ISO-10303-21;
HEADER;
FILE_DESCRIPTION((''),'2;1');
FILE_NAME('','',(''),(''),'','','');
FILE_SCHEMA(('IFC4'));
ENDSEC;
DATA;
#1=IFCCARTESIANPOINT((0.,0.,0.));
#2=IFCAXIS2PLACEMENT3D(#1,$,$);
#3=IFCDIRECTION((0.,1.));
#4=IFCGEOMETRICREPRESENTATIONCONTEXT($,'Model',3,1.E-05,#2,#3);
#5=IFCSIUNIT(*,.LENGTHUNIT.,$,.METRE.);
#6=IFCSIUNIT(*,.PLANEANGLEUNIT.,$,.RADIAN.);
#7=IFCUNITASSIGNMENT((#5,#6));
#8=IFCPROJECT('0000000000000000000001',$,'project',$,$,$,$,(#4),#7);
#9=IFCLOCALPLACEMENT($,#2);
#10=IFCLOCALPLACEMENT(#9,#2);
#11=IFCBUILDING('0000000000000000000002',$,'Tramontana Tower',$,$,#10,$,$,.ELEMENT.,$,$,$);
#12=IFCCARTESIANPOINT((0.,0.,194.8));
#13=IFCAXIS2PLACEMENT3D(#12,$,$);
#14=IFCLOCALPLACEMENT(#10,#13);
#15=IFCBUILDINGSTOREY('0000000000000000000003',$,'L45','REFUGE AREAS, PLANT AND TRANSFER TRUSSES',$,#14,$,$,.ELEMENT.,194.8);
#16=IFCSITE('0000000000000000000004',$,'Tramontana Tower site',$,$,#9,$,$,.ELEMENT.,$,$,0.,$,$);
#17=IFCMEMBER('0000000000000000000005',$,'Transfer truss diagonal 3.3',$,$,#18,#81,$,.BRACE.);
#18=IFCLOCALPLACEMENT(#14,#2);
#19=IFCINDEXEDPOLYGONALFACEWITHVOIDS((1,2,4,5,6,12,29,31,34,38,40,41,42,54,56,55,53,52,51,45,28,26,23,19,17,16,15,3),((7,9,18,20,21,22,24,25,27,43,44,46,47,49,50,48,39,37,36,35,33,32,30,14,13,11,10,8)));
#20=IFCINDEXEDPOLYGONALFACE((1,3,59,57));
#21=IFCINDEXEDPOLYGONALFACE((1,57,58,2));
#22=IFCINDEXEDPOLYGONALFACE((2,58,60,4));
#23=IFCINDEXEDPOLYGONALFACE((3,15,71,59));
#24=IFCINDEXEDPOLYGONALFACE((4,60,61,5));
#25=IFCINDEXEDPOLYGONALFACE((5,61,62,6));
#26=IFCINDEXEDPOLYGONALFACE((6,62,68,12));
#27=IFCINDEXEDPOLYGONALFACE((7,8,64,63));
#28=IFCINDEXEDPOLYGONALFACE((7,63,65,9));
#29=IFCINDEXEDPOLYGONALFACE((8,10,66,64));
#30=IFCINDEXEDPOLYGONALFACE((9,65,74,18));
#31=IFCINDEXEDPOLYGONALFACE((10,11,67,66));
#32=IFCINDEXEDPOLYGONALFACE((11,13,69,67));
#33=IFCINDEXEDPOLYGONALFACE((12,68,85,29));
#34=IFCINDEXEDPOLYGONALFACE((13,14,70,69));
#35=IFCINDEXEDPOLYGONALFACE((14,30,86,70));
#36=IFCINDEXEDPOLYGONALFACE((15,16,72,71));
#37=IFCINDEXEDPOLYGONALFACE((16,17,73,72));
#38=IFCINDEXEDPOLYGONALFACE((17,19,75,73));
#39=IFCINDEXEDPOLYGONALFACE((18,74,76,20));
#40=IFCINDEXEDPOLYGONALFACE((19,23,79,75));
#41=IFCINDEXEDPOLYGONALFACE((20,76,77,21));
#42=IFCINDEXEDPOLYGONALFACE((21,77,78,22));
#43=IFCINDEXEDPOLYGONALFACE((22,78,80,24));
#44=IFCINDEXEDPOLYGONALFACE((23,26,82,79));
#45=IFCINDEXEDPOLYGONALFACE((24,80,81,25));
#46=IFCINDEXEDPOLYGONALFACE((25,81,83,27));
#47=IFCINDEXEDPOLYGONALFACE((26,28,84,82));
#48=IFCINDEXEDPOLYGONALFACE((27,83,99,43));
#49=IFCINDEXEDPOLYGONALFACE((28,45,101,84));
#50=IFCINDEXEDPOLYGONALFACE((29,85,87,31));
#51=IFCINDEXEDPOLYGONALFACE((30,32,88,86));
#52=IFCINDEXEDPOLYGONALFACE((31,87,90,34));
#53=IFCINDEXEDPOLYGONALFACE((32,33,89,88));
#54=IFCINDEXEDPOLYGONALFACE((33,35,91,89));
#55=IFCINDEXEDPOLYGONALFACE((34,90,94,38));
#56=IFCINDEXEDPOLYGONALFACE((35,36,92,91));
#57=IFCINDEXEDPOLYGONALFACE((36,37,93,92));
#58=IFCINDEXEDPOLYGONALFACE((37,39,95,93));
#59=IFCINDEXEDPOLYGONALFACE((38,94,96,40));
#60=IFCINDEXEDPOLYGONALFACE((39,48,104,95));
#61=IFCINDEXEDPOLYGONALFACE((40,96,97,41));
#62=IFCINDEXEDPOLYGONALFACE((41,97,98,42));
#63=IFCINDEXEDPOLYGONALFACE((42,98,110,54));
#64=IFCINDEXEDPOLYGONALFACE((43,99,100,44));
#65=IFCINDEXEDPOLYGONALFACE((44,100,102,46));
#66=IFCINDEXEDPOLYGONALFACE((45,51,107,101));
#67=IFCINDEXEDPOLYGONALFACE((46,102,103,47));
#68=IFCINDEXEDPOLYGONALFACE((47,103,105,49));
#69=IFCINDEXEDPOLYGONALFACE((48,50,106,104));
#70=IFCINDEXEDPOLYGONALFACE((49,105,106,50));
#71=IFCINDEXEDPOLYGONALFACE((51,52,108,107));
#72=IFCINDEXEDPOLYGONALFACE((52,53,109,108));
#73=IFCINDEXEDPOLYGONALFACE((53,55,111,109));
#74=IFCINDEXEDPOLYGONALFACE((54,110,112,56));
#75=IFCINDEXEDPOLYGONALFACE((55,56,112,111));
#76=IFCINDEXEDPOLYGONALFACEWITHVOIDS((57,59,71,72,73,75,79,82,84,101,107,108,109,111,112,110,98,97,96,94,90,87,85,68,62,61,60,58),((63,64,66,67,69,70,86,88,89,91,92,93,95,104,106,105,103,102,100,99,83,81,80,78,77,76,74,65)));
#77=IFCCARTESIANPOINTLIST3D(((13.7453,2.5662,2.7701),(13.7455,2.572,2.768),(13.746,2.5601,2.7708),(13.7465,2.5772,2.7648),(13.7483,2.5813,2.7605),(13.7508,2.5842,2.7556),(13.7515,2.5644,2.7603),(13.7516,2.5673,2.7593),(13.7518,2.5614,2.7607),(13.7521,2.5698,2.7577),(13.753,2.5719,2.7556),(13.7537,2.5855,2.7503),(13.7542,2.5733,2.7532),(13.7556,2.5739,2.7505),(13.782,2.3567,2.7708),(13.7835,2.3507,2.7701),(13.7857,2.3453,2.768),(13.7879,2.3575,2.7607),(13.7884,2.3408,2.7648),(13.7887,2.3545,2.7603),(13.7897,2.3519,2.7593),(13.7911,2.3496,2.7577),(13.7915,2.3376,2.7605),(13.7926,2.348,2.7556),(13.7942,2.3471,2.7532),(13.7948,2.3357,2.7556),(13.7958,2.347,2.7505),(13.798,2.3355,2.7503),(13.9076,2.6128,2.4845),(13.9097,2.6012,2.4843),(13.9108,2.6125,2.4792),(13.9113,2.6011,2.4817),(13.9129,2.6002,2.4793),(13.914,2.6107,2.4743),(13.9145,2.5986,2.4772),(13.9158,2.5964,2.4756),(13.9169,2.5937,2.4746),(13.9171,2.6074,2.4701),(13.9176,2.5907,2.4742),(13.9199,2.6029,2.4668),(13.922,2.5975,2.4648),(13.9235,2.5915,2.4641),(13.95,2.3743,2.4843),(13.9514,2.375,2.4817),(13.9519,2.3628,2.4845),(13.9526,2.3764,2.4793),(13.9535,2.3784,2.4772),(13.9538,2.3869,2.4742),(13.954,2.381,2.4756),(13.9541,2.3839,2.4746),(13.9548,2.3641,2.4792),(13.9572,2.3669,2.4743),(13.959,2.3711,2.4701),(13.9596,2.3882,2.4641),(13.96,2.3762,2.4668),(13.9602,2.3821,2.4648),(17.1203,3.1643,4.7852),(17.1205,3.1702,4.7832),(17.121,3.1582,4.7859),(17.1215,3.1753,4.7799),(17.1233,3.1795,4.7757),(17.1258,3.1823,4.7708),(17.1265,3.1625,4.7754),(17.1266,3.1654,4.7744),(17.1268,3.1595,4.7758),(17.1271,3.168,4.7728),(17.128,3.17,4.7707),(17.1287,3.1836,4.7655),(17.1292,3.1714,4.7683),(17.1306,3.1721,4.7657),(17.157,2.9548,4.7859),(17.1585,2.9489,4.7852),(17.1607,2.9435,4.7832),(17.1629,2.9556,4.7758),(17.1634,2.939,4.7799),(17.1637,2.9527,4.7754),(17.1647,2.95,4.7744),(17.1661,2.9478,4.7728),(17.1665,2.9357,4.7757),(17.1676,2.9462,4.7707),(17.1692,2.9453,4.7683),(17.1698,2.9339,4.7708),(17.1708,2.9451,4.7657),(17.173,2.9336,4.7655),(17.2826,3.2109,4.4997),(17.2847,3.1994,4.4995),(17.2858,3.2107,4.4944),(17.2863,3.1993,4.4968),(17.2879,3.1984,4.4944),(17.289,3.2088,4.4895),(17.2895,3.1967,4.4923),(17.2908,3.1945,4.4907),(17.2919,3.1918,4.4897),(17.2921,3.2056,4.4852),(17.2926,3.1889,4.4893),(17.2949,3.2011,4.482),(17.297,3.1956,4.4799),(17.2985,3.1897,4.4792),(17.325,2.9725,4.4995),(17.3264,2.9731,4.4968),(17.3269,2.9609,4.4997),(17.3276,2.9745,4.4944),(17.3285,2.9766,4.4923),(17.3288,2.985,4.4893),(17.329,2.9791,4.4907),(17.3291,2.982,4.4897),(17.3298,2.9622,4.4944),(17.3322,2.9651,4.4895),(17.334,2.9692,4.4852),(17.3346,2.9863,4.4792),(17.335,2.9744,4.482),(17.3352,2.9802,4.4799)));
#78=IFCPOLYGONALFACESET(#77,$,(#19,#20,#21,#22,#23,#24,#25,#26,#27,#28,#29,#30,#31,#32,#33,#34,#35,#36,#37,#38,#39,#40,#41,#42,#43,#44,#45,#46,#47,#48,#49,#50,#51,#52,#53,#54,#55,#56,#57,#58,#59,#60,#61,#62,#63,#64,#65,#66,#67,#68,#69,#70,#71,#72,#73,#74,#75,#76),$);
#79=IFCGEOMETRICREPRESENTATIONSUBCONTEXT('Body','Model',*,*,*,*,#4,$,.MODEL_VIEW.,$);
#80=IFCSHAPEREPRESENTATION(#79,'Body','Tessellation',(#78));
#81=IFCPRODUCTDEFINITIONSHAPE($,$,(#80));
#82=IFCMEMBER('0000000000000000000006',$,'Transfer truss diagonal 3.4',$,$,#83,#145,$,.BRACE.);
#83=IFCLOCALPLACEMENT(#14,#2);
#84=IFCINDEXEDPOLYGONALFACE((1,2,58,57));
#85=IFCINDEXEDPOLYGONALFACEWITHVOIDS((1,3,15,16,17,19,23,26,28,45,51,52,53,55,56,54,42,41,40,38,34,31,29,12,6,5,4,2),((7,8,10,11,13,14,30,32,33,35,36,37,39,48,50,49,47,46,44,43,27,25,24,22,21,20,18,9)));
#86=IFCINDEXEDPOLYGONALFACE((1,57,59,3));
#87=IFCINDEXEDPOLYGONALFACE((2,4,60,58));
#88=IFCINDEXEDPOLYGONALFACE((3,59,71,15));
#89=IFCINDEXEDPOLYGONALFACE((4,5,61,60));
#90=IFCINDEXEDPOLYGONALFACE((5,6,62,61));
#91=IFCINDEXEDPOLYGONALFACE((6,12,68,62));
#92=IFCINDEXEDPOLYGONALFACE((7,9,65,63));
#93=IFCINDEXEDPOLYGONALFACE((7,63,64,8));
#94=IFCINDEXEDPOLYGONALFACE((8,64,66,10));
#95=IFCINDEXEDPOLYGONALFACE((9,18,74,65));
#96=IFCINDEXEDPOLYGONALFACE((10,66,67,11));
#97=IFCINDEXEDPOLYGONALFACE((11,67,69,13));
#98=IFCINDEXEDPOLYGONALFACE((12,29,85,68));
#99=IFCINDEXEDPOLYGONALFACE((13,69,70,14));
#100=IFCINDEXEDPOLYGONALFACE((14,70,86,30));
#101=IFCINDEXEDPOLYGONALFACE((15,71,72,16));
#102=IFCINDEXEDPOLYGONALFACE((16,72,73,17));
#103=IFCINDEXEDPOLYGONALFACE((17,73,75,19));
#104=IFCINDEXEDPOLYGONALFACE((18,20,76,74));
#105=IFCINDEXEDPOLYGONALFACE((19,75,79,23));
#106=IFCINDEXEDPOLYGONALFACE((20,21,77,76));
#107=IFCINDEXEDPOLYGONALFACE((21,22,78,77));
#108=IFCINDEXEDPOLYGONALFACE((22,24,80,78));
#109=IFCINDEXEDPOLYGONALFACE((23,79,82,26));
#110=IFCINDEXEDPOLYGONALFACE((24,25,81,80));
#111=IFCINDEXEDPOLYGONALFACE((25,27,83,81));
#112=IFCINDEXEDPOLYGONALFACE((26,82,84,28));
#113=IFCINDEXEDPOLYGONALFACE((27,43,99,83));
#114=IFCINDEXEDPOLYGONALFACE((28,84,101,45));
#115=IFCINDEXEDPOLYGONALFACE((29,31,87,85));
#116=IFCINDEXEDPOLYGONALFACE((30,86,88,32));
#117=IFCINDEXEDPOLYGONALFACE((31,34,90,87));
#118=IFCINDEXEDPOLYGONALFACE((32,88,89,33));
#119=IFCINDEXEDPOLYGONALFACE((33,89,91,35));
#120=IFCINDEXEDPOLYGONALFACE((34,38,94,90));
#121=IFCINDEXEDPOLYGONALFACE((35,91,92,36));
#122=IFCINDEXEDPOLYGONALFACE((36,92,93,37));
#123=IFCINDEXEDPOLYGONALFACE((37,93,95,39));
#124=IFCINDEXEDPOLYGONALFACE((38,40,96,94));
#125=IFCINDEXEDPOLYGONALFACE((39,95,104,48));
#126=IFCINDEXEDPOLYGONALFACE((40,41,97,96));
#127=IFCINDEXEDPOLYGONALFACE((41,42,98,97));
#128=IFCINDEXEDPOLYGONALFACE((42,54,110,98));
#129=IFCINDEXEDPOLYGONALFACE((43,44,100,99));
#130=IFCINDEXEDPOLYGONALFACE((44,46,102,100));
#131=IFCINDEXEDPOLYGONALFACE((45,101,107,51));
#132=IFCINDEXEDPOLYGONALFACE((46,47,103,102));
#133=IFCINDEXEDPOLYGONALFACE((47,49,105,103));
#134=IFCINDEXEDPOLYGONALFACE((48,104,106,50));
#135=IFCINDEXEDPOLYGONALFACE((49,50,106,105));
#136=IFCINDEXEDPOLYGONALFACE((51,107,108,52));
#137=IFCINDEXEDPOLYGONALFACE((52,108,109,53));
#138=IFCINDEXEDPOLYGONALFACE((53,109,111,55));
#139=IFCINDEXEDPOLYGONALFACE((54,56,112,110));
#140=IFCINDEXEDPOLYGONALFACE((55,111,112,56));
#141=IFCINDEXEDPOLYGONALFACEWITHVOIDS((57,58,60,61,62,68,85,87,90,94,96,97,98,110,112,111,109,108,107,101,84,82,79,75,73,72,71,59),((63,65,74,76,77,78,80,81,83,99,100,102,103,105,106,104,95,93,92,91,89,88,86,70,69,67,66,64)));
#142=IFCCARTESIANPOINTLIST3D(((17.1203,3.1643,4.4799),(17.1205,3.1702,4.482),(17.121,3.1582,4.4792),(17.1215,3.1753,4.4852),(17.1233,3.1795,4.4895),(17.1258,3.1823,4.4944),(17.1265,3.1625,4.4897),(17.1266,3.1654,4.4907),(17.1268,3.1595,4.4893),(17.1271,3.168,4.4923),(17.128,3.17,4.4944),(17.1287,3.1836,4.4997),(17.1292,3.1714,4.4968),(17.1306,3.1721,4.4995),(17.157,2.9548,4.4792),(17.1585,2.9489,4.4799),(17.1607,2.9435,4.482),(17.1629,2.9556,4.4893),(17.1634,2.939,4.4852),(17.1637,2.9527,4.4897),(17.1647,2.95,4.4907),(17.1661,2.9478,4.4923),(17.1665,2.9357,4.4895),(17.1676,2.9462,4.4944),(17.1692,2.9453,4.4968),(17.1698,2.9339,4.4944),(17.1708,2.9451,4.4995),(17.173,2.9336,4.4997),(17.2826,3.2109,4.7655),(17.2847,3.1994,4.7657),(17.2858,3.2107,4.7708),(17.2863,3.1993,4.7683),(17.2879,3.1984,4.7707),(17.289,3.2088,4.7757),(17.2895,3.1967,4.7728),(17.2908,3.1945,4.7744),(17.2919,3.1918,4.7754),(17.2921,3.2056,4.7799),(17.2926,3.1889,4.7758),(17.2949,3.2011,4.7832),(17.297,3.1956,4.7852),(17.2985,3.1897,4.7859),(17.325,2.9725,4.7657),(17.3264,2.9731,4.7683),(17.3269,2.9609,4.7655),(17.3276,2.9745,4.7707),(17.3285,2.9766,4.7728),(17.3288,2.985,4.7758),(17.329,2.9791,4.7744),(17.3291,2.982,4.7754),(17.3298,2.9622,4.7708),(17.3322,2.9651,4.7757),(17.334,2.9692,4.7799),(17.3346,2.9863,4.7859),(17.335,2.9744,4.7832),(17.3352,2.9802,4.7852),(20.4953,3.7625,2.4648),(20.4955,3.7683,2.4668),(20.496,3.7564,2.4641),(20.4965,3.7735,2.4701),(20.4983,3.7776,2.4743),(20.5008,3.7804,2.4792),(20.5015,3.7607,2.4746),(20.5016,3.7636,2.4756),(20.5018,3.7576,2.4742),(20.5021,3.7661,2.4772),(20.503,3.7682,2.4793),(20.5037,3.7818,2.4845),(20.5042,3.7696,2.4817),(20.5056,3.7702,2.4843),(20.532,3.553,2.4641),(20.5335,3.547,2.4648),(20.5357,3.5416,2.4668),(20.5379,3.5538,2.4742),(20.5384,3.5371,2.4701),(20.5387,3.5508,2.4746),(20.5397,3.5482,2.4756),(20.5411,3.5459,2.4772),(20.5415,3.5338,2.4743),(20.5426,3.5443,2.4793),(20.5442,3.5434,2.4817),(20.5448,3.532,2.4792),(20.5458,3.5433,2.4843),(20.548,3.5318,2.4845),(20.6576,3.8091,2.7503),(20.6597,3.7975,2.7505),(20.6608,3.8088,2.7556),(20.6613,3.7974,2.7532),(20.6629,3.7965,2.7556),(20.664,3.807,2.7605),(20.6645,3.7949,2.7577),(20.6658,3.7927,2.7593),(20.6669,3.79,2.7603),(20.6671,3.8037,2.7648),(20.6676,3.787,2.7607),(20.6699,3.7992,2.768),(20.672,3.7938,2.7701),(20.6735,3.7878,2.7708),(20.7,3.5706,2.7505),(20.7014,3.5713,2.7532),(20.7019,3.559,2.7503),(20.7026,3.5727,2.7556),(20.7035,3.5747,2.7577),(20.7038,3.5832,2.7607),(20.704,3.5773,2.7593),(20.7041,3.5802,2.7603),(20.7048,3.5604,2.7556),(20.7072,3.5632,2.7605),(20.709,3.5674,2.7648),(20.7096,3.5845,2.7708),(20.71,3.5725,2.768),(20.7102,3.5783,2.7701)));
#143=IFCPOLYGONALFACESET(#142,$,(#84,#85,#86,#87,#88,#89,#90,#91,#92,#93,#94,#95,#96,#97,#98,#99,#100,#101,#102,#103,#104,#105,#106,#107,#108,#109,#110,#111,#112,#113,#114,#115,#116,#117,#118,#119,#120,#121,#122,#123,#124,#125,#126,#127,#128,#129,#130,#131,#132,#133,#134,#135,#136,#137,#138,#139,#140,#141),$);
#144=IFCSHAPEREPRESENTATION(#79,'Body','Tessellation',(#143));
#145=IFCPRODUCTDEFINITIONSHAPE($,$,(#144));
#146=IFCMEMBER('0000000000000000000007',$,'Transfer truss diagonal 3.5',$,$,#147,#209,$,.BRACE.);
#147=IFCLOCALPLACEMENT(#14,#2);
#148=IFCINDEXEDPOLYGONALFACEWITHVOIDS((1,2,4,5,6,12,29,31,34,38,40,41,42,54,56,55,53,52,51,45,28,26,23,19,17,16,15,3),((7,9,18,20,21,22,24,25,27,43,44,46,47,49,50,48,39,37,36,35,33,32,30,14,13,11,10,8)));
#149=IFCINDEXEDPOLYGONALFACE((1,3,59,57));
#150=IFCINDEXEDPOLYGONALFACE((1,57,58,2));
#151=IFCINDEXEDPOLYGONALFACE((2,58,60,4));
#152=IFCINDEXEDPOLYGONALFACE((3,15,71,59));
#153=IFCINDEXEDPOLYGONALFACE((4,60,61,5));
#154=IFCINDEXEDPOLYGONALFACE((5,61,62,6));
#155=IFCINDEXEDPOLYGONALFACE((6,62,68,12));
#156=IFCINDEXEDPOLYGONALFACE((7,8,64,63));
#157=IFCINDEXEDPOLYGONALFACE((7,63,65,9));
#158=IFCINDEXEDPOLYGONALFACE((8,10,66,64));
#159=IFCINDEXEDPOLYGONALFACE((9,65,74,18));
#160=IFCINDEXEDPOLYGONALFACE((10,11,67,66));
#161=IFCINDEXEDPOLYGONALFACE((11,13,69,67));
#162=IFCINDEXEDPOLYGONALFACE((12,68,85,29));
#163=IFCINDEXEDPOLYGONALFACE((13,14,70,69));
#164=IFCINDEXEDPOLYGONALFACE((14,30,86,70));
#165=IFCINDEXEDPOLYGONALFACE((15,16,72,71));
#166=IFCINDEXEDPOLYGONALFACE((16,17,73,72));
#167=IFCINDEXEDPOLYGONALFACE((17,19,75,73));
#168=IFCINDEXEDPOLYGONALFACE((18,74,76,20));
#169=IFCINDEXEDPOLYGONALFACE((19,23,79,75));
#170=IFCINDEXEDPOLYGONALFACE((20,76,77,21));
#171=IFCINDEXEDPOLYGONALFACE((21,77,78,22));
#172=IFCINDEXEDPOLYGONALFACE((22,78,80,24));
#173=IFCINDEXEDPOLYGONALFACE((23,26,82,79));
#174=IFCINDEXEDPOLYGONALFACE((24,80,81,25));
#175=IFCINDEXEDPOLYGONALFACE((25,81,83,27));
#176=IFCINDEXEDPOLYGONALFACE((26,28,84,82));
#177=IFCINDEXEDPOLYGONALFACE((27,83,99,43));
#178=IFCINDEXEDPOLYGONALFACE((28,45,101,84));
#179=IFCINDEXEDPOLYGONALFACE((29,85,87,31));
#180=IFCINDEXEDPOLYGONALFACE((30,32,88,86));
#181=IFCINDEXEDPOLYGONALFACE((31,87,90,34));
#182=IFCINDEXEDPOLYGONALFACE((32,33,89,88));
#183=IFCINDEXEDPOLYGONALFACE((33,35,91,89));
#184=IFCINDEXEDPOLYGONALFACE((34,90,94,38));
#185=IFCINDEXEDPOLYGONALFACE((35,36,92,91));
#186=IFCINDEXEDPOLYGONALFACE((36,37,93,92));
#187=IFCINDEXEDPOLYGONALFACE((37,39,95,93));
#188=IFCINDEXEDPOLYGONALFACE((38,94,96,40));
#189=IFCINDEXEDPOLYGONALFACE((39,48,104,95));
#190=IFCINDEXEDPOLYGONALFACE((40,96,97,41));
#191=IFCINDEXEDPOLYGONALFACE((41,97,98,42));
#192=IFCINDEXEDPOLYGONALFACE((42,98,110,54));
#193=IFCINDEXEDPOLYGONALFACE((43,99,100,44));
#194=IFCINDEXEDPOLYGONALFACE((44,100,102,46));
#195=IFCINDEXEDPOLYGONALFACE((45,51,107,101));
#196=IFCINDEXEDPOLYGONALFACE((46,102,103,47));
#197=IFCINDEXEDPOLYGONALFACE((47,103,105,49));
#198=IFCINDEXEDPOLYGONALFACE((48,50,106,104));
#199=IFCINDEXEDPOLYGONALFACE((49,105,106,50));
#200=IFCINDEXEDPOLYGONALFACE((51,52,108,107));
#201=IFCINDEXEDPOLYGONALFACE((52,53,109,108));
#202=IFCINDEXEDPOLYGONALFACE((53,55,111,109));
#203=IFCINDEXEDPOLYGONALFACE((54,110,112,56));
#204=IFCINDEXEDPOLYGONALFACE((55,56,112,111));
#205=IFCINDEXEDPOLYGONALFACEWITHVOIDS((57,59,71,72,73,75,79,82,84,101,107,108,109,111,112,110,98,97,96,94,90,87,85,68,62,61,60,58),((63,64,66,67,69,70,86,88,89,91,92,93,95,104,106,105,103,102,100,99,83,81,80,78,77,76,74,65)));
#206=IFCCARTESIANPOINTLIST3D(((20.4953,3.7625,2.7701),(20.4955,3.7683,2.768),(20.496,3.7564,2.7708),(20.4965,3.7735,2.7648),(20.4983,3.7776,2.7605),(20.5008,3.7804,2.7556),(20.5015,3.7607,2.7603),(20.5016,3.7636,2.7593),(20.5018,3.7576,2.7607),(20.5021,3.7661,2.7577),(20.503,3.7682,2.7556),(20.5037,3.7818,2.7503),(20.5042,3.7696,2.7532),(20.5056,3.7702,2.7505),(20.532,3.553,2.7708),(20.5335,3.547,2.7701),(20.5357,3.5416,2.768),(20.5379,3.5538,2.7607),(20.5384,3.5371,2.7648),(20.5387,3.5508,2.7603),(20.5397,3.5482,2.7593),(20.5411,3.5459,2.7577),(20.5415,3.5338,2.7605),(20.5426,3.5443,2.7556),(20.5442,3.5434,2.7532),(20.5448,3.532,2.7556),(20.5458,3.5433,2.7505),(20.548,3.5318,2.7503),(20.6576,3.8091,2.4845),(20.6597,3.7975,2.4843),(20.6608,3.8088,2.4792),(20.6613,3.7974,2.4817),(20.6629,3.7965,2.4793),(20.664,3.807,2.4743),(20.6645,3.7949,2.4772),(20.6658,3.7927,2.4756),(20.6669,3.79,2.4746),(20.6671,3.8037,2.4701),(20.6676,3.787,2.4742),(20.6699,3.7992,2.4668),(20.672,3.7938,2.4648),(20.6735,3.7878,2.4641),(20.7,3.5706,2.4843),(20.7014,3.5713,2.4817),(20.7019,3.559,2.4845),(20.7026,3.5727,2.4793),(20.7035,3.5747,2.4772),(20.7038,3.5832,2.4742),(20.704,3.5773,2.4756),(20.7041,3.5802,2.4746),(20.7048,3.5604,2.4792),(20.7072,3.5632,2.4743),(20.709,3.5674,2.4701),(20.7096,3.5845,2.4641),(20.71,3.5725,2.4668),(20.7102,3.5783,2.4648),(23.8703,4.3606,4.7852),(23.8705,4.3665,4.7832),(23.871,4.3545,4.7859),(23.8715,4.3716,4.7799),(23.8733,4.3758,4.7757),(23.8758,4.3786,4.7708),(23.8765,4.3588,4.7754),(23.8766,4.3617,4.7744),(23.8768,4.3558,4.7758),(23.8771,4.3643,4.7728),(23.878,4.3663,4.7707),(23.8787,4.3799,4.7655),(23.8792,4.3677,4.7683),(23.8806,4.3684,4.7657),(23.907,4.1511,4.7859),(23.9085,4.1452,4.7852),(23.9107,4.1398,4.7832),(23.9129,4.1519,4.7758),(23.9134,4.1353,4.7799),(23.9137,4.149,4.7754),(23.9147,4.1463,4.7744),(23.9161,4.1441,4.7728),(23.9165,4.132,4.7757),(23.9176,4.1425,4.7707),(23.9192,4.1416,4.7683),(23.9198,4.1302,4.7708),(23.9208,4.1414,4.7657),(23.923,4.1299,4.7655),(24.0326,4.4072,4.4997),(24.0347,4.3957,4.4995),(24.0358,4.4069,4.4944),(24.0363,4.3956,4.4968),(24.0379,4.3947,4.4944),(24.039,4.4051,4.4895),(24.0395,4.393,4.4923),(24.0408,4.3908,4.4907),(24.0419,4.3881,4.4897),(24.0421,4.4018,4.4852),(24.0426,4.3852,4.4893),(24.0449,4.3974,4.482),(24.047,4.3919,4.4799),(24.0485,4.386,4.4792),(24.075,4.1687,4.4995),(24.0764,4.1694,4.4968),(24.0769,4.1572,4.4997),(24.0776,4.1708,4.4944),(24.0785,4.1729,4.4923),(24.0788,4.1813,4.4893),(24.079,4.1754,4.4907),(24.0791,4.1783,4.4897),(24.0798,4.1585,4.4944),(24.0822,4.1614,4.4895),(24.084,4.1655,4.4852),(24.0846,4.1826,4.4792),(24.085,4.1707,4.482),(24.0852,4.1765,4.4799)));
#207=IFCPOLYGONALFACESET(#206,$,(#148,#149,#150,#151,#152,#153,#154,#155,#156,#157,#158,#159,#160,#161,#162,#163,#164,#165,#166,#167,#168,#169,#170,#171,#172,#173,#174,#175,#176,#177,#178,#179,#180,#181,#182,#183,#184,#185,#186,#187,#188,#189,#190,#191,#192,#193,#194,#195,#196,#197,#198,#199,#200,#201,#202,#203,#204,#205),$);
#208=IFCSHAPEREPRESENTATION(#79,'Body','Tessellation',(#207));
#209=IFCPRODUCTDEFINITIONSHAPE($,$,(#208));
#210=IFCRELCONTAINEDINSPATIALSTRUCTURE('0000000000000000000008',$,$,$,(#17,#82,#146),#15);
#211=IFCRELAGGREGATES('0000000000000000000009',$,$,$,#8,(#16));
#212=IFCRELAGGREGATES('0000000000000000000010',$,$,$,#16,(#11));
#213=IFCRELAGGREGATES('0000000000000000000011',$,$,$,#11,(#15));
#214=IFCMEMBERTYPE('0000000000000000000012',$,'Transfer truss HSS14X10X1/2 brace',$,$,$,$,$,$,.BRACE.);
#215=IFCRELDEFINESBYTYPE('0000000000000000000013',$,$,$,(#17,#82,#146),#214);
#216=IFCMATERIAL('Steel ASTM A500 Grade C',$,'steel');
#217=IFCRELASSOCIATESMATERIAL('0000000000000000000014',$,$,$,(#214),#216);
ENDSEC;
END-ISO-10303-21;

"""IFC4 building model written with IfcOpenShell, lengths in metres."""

from ifc_helpers import new_model, si_unit, direction, frame, origin, origin_2d, place, context, subcontext, project, spatial, hollow_rectangle, extrude, material, material_profile, profile_set, type_object, element, save


model = new_model("IFC4")

# Units and contexts
model_context = context("Model", 3, precision=1e-05, world=origin(), true_north=direction((0.0, 1.0)))
body_context = subcontext(model_context, "Body", "Model", "MODEL_VIEW")
ifc_project = project(units=[si_unit("LENGTHUNIT", "METRE"), si_unit("PLANEANGLEUNIT", "RADIAN")], contexts=[model_context])

# Site, building, storey
site_placement = place(None, origin())
site = spatial("IfcSite", under=ifc_project, at=site_placement, Name="Tramontana Tower site", CompositionType="ELEMENT", RefElevation=0.0)
building_placement = place(site_placement, origin())
building = spatial("IfcBuilding", under=site, at=building_placement, Name="Tramontana Tower", CompositionType="ELEMENT")
storey_placement = place(building_placement, frame((0.0, 0.0, 194.8)))
storey = spatial("IfcBuildingStorey", under=building, at=storey_placement, Name="L45", Description="REFUGE AREAS, PLANT AND TRANSFER TRUSSES", CompositionType="ELEMENT", Elevation=194.8)

# Members
ifc_material_1 = material(Name="Steel ASTM A500 Grade C", Category="steel")
ifc_material_profile_1 = material_profile(ifc_material_1, hollow_rectangle(XDim=0.2539, YDim=0.3557, WallThickness=0.0117, InnerFilletRadius=0.0117, OuterFilletRadius=0.0237, at=origin_2d()), Name="HSS14X10X1/2")
ifc_profile_set_1 = profile_set([ifc_material_profile_1], Name="Steel ASTM A500 Grade C")
member_type_1 = type_object("IfcMemberType", Name="Transfer truss HSS14X10X1/2 brace", PredefinedType="BRACE", material=ifc_profile_set_1)
for number, where, z_axis, x_axis, name in (
    (1, (13.8528, 2.4741, 2.6174), (0.848827, 0.150436, 0.506815), (-0.174509, 0.984656, 0.0), "Transfer truss diagonal 3.3"),
    (2, (17.2278, 3.0723, 4.6326), (0.848827, 0.150436, -0.506815), (-0.174509, 0.984656, 0.0), "Transfer truss diagonal 3.4"),
    (3, (20.6028, 3.6704, 2.6174), (0.848827, 0.150436, 0.506815), (-0.174509, 0.984656, 0.0), "Transfer truss diagonal 3.5"),
):
    element("IfcMember", number, at=place(storey_placement, frame(where, z_axis=z_axis, x_axis=x_axis)), inside=storey, type_object=member_type_1, Name=name, PredefinedType="BRACE", context=body_context, shape_type="SweptSolid", body=[
        extrude(hollow_rectangle(XDim=0.2539, YDim=0.3557, WallThickness=0.0117, InnerFilletRadius=0.0117, OuterFilletRadius=0.0237, at=origin_2d()), origin(), (0.0, 0.0, 1.0), 3.9761),
    ])

save(model, "model.ifc")
